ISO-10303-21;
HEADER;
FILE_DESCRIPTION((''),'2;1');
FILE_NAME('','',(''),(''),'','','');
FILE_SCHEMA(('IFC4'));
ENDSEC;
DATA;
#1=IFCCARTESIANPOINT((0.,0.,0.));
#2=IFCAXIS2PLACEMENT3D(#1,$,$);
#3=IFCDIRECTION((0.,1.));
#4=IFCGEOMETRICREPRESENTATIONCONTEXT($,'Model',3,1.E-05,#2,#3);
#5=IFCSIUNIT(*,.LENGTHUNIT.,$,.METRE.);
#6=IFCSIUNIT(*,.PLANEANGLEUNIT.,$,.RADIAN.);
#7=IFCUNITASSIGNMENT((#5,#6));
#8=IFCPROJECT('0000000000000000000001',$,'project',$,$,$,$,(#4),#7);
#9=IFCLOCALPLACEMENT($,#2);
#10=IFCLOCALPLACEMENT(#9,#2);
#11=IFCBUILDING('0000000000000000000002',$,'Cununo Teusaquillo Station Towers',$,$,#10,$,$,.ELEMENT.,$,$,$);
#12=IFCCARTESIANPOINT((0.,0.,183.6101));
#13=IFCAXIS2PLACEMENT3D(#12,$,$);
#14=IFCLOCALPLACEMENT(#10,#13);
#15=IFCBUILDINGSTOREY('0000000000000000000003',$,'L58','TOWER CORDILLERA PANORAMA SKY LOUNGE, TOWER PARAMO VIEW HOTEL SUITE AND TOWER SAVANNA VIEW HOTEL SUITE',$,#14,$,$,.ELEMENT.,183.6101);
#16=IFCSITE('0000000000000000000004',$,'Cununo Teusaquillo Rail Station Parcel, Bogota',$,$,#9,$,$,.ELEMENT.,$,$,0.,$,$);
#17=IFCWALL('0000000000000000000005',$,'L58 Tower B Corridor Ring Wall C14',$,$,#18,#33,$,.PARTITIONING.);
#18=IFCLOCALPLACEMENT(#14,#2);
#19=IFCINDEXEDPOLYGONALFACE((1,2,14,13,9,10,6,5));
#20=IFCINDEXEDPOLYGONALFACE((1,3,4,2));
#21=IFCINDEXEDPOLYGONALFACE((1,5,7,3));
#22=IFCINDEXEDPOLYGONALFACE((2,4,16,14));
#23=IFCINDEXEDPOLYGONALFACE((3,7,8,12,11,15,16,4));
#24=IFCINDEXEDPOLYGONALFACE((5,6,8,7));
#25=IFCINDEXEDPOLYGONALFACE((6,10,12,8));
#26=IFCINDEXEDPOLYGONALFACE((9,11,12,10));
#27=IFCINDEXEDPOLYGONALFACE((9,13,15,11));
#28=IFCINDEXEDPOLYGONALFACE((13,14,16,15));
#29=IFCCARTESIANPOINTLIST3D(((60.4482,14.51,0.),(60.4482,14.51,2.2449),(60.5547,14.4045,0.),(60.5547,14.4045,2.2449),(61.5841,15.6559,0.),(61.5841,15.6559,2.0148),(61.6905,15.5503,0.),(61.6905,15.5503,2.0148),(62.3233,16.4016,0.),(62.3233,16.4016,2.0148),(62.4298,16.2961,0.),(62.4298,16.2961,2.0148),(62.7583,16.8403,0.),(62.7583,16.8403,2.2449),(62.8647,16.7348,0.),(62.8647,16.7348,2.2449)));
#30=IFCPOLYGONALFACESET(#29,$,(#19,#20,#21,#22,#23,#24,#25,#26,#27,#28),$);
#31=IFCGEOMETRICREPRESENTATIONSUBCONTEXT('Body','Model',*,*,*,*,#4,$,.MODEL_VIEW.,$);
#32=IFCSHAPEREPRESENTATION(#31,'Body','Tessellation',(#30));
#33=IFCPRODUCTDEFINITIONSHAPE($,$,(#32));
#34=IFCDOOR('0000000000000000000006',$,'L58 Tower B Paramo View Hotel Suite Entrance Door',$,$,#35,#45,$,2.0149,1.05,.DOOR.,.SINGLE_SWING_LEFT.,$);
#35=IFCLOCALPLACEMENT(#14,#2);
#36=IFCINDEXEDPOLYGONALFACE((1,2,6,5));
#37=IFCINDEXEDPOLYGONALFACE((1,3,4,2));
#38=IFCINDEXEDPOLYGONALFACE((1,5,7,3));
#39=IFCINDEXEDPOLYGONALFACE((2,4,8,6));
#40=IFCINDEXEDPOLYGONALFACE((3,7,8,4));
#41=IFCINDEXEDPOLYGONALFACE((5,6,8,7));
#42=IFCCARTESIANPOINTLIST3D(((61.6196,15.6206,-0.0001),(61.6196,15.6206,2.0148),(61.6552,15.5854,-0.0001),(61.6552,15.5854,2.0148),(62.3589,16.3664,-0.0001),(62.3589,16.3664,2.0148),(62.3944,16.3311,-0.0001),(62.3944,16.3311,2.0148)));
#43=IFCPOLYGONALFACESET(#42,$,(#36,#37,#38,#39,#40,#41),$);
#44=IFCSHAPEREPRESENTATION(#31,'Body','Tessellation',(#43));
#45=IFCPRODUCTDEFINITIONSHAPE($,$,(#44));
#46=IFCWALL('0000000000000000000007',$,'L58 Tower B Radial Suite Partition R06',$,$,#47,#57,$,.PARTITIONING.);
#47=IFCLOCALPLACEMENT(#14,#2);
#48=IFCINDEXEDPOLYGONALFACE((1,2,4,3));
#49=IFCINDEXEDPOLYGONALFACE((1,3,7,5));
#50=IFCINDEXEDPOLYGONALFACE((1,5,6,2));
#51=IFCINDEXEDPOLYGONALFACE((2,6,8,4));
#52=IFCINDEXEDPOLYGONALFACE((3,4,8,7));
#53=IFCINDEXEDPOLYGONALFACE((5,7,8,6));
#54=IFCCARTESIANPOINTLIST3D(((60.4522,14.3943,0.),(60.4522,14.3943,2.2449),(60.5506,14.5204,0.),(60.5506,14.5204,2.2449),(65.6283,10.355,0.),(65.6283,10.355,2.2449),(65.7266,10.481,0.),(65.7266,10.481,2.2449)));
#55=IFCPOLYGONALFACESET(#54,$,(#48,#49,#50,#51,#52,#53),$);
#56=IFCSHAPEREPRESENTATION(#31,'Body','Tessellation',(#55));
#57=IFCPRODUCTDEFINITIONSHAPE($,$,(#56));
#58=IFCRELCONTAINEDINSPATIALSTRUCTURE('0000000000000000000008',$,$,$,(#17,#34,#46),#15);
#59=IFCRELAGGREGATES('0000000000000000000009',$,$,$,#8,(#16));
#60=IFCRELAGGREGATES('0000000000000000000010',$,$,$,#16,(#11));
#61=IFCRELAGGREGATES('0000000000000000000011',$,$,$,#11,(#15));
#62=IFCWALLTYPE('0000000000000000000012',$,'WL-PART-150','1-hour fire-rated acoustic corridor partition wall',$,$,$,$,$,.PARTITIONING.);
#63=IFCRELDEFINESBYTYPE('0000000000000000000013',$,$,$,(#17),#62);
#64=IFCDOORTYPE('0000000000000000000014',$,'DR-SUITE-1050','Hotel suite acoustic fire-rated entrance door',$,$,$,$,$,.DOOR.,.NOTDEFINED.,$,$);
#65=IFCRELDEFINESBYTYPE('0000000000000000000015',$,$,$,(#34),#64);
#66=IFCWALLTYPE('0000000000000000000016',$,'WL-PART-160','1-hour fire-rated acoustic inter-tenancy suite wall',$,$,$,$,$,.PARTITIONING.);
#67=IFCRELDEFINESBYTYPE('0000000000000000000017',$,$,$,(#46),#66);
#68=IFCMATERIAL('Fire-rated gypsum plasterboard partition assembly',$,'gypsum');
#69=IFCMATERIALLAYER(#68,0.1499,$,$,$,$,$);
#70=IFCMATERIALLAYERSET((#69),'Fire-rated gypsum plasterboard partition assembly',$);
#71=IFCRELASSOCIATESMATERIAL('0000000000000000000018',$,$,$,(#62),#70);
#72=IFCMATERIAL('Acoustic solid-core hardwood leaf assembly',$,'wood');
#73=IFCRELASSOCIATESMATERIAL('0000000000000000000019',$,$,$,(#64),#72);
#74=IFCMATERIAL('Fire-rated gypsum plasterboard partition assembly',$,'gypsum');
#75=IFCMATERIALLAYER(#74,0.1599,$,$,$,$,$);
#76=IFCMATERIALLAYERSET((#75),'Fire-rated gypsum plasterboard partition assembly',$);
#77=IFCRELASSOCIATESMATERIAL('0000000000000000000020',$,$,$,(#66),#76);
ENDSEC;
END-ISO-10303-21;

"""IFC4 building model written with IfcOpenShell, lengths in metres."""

from ifc_helpers import new_model, si_unit, direction, frame, frame_2d, origin, place, context, subcontext, project, spatial, rectangle, extrude, source, transform, mapped, material, layer, layer_set, type_object, element, fill, save


model = new_model("IFC4")

# Units and contexts
model_context = context("Model", 3, precision=1e-05, world=origin(), true_north=direction((0.0, 1.0)))
body_context = subcontext(model_context, "Body", "Model", "MODEL_VIEW")
ifc_project = project(units=[si_unit("LENGTHUNIT", "METRE"), si_unit("PLANEANGLEUNIT", "RADIAN")], contexts=[model_context])

# Site, building, storey
site_placement = place(None, origin())
site = spatial("IfcSite", under=ifc_project, at=site_placement, Name="Cununo Teusaquillo Rail Station Parcel, Bogota", CompositionType="ELEMENT", RefElevation=0.0)
building_placement = place(site_placement, origin())
building = spatial("IfcBuilding", under=site, at=building_placement, Name="Cununo Teusaquillo Station Towers", CompositionType="ELEMENT")
storey_placement = place(building_placement, frame((0.0, 0.0, 183.6101)))
storey = spatial("IfcBuildingStorey", under=building, at=storey_placement, Name="L58", Description="TOWER CORDILLERA PANORAMA SKY LOUNGE, TOWER PARAMO VIEW HOTEL SUITE AND TOWER SAVANNA VIEW HOTEL SUITE", CompositionType="ELEMENT", Elevation=183.6101)

# Shared definitions
ifc_material_1 = material(Name="Fire-rated gypsum plasterboard partition assembly", Category="gypsum")
ifc_layer_1 = layer(ifc_material_1, 0.1499)
ifc_layer_set_1 = layer_set([ifc_layer_1], Name="Fire-rated gypsum plasterboard partition assembly")
wall_type_1 = type_object("IfcWallType", Name="WL-PART-150", Description="1-hour fire-rated acoustic corridor partition wall", PredefinedType="PARTITIONING", material=ifc_layer_set_1)

# Wall, opening, door
wall_1_placement = place(storey_placement, frame((60.5015, 14.4573, 0.0), z_axis=(0.0, 0.0, 1.0), x_axis=(0.704012, 0.710188, 0.0)))
wall_1 = element("IfcWall", 1, at=wall_1_placement, inside=storey, type_object=wall_type_1, Name="L58 Tower B Corridor Ring Wall C14", PredefinedType="PARTITIONING", context=body_context, shape_type="SweptSolid", body=[
    extrude(rectangle(XDim=3.2812, YDim=0.1499, at=frame_2d((1.6406, 0.0))), origin(), (0.0, 0.0, 1.0), 2.2449),
])
shared_shape_1 = source(origin(), body_context, "Body", "SweptSolid", [
    extrude(rectangle(XDim=1.05, YDim=2.0149, at=frame_2d((0.5249, 1.0073))), frame((0.0, 0.085, 0.0), z_axis=(0.0, -1.0, 0.0), x_axis=(1.0, 0.0, 0.0)), (0.0, 0.0, 1.0), 0.1699),
])
opening_1_placement = place(wall_1_placement, frame((1.6135, 0.0, 0.0)))
opening_1 = element("IfcOpeningElement", 2, at=opening_1_placement, cuts=wall_1, PredefinedType="OPENING", context=body_context, shape_type="MappedRepresentation", body=[
    mapped(shared_shape_1, transform((0.0, 0.0, 0.0), x_axis=(1.0, 0.0, 0.0), y_axis=(0.0, 1.0, 0.0), z_axis=(0.0, 0.0, 1.0), scale=1.0)),
])
ifc_material_2 = material(Name="Acoustic solid-core hardwood leaf assembly", Category="wood")
door_type_1 = type_object("IfcDoorType", Name="DR-SUITE-1050", Description="Hotel suite acoustic fire-rated entrance door", OperationType="NOTDEFINED", PredefinedType="DOOR", material=ifc_material_2)
shared_shape_2 = source(origin(), body_context, "Body", "SweptSolid", [
    extrude(rectangle(XDim=1.05, YDim=2.0149, at=frame_2d((0.5249, 1.0073))), frame((0.0, 0.0249, 0.0), z_axis=(0.0, -1.0, 0.0), x_axis=(1.0, 0.0, 0.0)), (0.0, 0.0, 1.0), 0.05),
])
door_1_placement = place(opening_1_placement, origin())
door_1 = element("IfcDoor", 3, at=door_1_placement, inside=storey, type_object=door_type_1, Name="L58 Tower B Paramo View Hotel Suite Entrance Door", OperationType="SINGLE_SWING_LEFT", OverallHeight=2.0149, OverallWidth=1.05, PredefinedType="DOOR", context=body_context, shape_type="MappedRepresentation", body=[
    mapped(shared_shape_2, transform((0.0, 0.0, 0.0), x_axis=(1.0, 0.0, 0.0), y_axis=(0.0, 1.0, 0.0), z_axis=(0.0, 0.0, 1.0), scale=1.0)),
])
fill(opening_1, door_1)

# Wall
ifc_material_3 = material(Name="Fire-rated gypsum plasterboard partition assembly", Category="gypsum")
ifc_layer_2 = layer(ifc_material_3, 0.1599)
ifc_layer_set_2 = layer_set([ifc_layer_2], Name="Fire-rated gypsum plasterboard partition assembly")
wall_type_2 = type_object("IfcWallType", Name="WL-PART-160", Description="1-hour fire-rated acoustic inter-tenancy suite wall", PredefinedType="PARTITIONING", material=ifc_layer_set_2)
wall_2_placement = place(storey_placement, frame((60.5015, 14.4573, 0.0), z_axis=(0.0, 0.0, 1.0), x_axis=(0.788354, -0.615222, 0.0)))
element("IfcWall", 4, at=wall_2_placement, inside=storey, type_object=wall_type_2, Name="L58 Tower B Radial Suite Partition R06", PredefinedType="PARTITIONING", context=body_context, shape_type="SweptSolid", body=[
    extrude(rectangle(XDim=6.5657, YDim=0.1599, at=frame_2d((3.2827, 0.0))), origin(), (0.0, 0.0, 1.0), 2.2449),
])

save(model, "model.ifc")
